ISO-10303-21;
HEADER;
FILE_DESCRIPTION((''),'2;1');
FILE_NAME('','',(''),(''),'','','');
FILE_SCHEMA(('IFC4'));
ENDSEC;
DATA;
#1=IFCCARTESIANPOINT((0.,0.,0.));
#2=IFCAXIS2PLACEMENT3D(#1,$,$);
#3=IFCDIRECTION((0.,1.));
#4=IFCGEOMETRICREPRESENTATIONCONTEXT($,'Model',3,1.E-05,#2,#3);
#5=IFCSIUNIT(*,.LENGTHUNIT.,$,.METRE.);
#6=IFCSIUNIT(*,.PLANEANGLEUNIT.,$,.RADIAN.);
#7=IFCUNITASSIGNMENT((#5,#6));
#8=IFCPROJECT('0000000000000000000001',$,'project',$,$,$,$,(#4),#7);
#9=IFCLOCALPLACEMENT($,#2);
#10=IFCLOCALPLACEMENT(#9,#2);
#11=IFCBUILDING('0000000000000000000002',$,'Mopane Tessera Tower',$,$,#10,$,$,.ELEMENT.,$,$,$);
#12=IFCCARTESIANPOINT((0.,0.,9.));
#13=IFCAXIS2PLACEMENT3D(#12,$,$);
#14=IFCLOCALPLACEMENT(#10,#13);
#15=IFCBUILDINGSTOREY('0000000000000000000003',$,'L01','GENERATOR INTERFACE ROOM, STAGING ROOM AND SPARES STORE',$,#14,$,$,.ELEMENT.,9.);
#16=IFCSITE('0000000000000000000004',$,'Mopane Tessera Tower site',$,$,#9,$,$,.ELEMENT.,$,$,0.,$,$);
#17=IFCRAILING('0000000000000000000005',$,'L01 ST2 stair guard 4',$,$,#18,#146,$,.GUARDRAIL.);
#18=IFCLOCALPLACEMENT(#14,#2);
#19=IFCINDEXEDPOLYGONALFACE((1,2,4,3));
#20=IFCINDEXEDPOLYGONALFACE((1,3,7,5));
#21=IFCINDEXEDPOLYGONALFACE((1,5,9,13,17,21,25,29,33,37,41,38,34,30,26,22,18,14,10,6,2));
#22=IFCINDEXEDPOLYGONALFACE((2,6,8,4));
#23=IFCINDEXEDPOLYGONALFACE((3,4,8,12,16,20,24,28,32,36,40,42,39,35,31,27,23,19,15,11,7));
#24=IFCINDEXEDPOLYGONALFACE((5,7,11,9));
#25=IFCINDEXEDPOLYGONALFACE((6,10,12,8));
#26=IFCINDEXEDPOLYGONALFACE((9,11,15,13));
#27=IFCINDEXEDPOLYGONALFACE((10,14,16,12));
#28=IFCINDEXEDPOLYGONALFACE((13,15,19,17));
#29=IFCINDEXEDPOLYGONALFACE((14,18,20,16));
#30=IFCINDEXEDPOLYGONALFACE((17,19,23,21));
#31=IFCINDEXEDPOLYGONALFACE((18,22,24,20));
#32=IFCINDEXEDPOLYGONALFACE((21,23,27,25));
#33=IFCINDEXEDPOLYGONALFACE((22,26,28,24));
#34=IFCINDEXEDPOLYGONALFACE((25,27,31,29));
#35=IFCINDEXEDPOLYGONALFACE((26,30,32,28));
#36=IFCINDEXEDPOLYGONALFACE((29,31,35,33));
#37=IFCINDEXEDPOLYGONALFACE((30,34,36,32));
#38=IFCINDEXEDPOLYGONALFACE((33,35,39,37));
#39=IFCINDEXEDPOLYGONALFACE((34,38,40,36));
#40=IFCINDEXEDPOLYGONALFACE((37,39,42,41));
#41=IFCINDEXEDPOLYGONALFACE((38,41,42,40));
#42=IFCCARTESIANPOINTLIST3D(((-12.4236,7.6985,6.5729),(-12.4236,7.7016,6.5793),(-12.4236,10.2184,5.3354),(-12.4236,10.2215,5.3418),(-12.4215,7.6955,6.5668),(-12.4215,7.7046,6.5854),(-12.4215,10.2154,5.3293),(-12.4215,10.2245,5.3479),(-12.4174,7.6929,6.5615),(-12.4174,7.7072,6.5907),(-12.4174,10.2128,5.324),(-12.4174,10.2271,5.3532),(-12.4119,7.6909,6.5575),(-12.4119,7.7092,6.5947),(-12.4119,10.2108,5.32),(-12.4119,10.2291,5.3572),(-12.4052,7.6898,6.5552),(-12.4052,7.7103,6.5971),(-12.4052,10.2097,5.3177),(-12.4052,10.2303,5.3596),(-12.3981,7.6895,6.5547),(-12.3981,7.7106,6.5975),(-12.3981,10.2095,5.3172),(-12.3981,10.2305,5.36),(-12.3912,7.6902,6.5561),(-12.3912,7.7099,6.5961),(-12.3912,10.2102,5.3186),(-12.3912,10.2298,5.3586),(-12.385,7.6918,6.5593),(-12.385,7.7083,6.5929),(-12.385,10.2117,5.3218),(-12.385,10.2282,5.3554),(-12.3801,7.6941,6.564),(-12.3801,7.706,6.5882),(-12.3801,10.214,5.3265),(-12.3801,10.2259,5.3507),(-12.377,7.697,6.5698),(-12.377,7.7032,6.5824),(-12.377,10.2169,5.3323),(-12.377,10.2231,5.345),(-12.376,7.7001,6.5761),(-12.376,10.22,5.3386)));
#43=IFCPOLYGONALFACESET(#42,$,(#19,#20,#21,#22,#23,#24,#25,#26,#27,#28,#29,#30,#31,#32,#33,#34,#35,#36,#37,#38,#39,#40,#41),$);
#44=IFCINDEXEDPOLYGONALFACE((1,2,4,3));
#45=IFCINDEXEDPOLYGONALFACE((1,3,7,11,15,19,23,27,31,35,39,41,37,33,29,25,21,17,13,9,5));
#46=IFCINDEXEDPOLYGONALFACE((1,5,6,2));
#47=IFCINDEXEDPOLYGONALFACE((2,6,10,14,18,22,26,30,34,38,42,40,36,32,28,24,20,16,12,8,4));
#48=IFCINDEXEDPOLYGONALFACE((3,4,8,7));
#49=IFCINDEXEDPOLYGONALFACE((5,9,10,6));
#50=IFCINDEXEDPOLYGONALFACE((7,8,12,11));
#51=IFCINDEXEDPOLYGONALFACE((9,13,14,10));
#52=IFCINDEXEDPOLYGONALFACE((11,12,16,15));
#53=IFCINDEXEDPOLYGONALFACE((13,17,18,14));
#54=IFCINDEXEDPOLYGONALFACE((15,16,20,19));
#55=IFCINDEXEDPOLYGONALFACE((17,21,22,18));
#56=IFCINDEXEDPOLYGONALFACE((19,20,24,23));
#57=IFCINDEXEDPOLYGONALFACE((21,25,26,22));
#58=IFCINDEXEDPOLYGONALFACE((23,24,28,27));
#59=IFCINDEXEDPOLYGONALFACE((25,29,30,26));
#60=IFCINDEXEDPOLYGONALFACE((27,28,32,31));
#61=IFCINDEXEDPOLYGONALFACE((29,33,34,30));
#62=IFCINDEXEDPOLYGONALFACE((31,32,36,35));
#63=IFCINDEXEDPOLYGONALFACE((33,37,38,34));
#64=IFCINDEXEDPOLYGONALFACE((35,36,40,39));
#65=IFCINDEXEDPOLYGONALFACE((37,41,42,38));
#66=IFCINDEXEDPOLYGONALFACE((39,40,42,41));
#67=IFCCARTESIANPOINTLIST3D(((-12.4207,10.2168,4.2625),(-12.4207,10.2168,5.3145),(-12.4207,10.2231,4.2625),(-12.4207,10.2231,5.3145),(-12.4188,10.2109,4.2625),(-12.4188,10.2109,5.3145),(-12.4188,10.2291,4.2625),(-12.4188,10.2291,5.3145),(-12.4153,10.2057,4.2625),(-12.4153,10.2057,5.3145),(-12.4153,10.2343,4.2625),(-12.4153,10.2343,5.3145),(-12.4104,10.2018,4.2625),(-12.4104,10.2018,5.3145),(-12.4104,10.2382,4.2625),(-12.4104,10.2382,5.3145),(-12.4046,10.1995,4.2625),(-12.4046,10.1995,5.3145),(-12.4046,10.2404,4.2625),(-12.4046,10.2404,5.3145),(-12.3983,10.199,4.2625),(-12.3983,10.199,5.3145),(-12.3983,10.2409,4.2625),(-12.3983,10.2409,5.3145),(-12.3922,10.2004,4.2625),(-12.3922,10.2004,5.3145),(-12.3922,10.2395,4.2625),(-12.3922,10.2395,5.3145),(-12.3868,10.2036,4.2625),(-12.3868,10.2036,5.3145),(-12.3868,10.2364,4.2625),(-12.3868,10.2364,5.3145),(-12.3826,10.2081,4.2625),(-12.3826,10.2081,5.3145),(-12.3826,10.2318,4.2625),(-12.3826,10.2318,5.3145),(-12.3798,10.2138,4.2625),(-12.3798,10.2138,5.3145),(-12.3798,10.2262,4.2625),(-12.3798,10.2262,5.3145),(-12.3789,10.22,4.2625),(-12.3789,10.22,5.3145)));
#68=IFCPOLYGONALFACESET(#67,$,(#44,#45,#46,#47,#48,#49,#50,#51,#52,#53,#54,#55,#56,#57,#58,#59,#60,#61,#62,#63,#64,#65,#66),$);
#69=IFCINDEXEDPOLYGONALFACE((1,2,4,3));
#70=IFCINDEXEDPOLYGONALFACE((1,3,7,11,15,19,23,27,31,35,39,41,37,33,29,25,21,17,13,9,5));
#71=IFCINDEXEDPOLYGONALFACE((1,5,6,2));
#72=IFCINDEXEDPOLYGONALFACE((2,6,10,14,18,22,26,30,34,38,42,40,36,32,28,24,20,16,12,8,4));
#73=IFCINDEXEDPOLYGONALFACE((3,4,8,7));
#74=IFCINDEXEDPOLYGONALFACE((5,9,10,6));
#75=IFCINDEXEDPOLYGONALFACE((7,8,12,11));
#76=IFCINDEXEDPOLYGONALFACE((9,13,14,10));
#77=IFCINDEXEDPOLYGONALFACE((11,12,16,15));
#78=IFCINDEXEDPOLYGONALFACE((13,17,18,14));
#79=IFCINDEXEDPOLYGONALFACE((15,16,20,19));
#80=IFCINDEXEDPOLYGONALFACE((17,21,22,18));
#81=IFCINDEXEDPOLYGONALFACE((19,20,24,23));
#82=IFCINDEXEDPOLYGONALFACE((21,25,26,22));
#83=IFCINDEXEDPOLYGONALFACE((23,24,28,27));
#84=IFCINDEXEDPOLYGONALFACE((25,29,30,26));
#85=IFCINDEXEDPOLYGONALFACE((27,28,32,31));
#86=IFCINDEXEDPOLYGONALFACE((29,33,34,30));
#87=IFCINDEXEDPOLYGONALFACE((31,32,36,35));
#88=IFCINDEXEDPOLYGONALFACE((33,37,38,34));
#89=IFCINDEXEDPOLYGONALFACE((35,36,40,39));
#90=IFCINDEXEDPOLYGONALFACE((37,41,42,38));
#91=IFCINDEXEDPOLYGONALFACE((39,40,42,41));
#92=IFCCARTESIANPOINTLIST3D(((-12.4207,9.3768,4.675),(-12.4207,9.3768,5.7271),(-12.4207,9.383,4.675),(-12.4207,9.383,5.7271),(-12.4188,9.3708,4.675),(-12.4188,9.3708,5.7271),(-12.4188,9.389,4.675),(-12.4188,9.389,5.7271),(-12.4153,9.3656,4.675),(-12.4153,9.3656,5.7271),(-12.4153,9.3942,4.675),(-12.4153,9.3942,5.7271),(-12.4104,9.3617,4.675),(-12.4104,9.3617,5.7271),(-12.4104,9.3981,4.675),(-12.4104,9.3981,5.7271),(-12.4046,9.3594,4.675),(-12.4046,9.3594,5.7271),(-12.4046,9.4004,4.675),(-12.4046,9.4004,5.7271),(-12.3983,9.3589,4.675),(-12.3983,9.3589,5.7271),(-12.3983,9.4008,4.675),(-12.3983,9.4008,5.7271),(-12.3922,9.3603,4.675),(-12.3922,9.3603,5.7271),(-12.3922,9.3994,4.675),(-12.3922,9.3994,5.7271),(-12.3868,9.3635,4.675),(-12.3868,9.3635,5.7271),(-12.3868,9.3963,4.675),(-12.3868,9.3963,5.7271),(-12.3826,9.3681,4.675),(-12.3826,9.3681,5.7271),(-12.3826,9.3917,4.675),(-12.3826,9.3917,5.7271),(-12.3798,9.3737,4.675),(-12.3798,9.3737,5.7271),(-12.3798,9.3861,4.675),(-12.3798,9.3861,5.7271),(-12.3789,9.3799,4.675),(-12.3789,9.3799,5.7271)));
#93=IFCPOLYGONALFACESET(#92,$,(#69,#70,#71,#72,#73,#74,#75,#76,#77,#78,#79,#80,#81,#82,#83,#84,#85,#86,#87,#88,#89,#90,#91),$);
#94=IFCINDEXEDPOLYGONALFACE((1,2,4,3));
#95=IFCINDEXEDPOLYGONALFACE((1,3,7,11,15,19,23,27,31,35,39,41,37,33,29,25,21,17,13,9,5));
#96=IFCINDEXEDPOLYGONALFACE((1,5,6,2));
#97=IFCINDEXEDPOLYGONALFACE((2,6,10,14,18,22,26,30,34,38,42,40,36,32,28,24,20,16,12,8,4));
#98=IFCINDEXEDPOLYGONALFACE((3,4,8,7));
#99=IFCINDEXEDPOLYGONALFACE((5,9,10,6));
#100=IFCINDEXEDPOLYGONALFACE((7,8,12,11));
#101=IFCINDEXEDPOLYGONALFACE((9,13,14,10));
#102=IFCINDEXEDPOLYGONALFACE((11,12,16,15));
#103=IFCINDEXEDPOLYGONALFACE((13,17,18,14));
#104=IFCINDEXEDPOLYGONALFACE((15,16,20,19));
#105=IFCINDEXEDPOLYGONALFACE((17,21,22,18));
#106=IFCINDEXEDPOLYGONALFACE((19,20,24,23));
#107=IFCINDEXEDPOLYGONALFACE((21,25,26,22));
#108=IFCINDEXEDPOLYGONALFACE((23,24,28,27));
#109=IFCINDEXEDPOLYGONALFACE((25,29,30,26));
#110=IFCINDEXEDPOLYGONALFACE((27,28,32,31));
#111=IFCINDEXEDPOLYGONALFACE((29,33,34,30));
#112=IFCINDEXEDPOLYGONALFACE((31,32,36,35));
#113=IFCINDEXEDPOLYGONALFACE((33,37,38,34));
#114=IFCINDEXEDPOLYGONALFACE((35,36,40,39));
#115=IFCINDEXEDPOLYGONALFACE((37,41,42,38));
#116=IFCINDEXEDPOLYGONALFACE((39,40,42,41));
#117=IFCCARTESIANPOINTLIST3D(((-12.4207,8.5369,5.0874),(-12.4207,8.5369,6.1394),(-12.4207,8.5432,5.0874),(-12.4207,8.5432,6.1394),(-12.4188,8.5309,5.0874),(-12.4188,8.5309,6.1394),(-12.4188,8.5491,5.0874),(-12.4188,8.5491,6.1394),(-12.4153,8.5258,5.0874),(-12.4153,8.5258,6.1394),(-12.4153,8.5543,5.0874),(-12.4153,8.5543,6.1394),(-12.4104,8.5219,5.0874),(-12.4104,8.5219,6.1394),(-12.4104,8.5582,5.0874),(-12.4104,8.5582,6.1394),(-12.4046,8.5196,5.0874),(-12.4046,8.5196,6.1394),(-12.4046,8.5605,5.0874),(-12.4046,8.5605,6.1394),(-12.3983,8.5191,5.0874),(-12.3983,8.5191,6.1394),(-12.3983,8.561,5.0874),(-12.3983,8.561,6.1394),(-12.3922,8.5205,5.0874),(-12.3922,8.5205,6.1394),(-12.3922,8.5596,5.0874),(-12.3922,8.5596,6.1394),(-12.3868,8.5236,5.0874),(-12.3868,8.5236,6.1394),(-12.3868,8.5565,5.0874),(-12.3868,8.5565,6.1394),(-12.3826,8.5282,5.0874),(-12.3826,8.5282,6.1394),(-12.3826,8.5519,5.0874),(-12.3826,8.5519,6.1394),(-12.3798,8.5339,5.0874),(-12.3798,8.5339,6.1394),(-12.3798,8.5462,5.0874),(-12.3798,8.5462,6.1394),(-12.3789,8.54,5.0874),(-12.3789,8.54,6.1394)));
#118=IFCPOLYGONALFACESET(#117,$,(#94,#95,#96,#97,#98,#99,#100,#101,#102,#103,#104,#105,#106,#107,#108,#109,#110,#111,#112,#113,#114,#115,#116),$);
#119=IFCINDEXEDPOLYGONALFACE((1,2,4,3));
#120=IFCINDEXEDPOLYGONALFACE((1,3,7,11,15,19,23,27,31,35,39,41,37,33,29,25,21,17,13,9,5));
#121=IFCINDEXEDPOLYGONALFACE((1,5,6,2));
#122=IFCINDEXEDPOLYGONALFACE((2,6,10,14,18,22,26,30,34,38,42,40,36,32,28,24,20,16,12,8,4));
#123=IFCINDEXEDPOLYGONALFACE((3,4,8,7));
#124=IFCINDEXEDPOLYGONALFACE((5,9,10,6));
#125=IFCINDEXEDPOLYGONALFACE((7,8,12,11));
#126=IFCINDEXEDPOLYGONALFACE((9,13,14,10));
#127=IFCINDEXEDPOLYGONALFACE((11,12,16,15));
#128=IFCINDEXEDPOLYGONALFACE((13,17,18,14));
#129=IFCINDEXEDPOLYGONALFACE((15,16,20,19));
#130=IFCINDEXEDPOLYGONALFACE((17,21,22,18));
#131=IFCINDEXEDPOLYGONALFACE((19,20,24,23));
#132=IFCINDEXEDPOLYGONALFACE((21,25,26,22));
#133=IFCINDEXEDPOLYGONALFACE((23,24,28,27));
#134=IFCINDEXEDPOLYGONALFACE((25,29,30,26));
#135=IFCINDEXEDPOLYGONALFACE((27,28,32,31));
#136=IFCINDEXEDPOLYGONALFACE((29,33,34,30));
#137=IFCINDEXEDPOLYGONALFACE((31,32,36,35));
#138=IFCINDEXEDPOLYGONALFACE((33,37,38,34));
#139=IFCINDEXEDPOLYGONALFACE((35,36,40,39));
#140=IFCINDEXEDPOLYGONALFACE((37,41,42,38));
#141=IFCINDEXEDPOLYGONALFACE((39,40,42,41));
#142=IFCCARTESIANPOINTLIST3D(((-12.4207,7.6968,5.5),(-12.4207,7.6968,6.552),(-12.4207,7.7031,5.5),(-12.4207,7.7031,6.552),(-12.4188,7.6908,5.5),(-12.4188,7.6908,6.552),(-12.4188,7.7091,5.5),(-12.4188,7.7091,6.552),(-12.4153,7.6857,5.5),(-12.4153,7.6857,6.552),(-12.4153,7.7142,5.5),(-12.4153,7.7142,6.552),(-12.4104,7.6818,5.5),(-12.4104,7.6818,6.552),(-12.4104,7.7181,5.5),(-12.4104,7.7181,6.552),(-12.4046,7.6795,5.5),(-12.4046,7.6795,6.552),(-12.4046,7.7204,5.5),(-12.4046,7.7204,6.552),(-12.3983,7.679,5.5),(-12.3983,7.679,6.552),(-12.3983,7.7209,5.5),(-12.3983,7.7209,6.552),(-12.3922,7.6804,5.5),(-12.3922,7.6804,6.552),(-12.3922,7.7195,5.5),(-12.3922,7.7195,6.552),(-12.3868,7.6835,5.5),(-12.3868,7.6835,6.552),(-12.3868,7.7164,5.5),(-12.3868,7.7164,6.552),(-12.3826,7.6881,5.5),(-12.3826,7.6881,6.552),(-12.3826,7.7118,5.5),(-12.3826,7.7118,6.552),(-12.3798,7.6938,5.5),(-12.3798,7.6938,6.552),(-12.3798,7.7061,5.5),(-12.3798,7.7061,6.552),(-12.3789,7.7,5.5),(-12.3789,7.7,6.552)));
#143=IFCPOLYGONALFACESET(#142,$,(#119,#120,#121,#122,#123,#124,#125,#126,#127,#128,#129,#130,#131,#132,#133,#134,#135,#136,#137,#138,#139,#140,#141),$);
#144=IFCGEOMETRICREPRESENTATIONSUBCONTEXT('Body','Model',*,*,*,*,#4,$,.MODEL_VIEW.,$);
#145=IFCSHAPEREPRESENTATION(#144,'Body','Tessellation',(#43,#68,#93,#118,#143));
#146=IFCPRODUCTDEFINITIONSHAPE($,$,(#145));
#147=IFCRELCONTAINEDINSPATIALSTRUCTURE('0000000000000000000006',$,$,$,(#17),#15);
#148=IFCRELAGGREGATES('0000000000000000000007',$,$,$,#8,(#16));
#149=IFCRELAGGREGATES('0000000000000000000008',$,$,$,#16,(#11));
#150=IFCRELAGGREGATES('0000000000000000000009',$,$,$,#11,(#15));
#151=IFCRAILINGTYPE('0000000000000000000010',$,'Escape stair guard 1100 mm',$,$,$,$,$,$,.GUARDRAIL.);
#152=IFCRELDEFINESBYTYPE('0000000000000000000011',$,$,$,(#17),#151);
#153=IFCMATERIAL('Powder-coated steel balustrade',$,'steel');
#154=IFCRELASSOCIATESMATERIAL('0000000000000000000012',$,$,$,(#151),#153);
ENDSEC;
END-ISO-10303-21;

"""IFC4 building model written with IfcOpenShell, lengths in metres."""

from ifc_helpers import new_model, si_unit, direction, frame, origin, origin_2d, place, context, subcontext, project, spatial, circle, extrude, material, type_object, element, save


model = new_model("IFC4")

# Units and contexts
model_context = context("Model", 3, precision=1e-05, world=origin(), true_north=direction((0.0, 1.0)))
body_context = subcontext(model_context, "Body", "Model", "MODEL_VIEW")
ifc_project = project(units=[si_unit("LENGTHUNIT", "METRE"), si_unit("PLANEANGLEUNIT", "RADIAN")], contexts=[model_context])

# Site, building, storey
site_placement = place(None, origin())
site = spatial("IfcSite", under=ifc_project, at=site_placement, Name="Mopane Tessera Tower site", CompositionType="ELEMENT", RefElevation=0.0)
building_placement = place(site_placement, origin())
building = spatial("IfcBuilding", under=site, at=building_placement, Name="Mopane Tessera Tower", CompositionType="ELEMENT")
storey_placement = place(building_placement, frame((0.0, 0.0, 9.0)))
storey = spatial("IfcBuildingStorey", under=building, at=storey_placement, Name="L01", Description="GENERATOR INTERFACE ROOM, STAGING ROOM AND SPARES STORE", CompositionType="ELEMENT", Elevation=9.0)

# Railing
ifc_material_1 = material(Name="Powder-coated steel balustrade", Category="steel")
railing_type_1 = type_object("IfcRailingType", Name="Escape stair guard 1100 mm", PredefinedType="GUARDRAIL", material=ifc_material_1)
railing_1_placement = place(storey_placement, frame((-12.3999, 10.22, 4.2625)))
element("IfcRailing", 1, at=railing_1_placement, inside=storey, type_object=railing_type_1, Name="L01 ST2 stair guard 4", PredefinedType="GUARDRAIL", context=body_context, shape_type="SweptSolid", body=[
    extrude(circle(Radius=0.0239, at=origin_2d()), frame((0.0, 0.0, 1.0762), z_axis=(0.0, -0.897604, 0.440802), x_axis=(1.0, 0.0, 0.0)), (0.0, 0.0, 1.0), 2.8074),
    extrude(circle(Radius=0.021, at=origin_2d()), origin(), (0.0, 0.0, 1.0), 1.052),
    extrude(circle(Radius=0.021, at=origin_2d()), frame((0.0, -0.8401, 0.4126)), (0.0, 0.0, 1.0), 1.052),
    extrude(circle(Radius=0.021, at=origin_2d()), frame((0.0, -1.6799, 0.825)), (0.0, 0.0, 1.0), 1.052),
    extrude(circle(Radius=0.021, at=origin_2d()), frame((0.0, -2.52, 1.2375)), (0.0, 0.0, 1.0), 1.052),
])

save(model, "model.ifc")
